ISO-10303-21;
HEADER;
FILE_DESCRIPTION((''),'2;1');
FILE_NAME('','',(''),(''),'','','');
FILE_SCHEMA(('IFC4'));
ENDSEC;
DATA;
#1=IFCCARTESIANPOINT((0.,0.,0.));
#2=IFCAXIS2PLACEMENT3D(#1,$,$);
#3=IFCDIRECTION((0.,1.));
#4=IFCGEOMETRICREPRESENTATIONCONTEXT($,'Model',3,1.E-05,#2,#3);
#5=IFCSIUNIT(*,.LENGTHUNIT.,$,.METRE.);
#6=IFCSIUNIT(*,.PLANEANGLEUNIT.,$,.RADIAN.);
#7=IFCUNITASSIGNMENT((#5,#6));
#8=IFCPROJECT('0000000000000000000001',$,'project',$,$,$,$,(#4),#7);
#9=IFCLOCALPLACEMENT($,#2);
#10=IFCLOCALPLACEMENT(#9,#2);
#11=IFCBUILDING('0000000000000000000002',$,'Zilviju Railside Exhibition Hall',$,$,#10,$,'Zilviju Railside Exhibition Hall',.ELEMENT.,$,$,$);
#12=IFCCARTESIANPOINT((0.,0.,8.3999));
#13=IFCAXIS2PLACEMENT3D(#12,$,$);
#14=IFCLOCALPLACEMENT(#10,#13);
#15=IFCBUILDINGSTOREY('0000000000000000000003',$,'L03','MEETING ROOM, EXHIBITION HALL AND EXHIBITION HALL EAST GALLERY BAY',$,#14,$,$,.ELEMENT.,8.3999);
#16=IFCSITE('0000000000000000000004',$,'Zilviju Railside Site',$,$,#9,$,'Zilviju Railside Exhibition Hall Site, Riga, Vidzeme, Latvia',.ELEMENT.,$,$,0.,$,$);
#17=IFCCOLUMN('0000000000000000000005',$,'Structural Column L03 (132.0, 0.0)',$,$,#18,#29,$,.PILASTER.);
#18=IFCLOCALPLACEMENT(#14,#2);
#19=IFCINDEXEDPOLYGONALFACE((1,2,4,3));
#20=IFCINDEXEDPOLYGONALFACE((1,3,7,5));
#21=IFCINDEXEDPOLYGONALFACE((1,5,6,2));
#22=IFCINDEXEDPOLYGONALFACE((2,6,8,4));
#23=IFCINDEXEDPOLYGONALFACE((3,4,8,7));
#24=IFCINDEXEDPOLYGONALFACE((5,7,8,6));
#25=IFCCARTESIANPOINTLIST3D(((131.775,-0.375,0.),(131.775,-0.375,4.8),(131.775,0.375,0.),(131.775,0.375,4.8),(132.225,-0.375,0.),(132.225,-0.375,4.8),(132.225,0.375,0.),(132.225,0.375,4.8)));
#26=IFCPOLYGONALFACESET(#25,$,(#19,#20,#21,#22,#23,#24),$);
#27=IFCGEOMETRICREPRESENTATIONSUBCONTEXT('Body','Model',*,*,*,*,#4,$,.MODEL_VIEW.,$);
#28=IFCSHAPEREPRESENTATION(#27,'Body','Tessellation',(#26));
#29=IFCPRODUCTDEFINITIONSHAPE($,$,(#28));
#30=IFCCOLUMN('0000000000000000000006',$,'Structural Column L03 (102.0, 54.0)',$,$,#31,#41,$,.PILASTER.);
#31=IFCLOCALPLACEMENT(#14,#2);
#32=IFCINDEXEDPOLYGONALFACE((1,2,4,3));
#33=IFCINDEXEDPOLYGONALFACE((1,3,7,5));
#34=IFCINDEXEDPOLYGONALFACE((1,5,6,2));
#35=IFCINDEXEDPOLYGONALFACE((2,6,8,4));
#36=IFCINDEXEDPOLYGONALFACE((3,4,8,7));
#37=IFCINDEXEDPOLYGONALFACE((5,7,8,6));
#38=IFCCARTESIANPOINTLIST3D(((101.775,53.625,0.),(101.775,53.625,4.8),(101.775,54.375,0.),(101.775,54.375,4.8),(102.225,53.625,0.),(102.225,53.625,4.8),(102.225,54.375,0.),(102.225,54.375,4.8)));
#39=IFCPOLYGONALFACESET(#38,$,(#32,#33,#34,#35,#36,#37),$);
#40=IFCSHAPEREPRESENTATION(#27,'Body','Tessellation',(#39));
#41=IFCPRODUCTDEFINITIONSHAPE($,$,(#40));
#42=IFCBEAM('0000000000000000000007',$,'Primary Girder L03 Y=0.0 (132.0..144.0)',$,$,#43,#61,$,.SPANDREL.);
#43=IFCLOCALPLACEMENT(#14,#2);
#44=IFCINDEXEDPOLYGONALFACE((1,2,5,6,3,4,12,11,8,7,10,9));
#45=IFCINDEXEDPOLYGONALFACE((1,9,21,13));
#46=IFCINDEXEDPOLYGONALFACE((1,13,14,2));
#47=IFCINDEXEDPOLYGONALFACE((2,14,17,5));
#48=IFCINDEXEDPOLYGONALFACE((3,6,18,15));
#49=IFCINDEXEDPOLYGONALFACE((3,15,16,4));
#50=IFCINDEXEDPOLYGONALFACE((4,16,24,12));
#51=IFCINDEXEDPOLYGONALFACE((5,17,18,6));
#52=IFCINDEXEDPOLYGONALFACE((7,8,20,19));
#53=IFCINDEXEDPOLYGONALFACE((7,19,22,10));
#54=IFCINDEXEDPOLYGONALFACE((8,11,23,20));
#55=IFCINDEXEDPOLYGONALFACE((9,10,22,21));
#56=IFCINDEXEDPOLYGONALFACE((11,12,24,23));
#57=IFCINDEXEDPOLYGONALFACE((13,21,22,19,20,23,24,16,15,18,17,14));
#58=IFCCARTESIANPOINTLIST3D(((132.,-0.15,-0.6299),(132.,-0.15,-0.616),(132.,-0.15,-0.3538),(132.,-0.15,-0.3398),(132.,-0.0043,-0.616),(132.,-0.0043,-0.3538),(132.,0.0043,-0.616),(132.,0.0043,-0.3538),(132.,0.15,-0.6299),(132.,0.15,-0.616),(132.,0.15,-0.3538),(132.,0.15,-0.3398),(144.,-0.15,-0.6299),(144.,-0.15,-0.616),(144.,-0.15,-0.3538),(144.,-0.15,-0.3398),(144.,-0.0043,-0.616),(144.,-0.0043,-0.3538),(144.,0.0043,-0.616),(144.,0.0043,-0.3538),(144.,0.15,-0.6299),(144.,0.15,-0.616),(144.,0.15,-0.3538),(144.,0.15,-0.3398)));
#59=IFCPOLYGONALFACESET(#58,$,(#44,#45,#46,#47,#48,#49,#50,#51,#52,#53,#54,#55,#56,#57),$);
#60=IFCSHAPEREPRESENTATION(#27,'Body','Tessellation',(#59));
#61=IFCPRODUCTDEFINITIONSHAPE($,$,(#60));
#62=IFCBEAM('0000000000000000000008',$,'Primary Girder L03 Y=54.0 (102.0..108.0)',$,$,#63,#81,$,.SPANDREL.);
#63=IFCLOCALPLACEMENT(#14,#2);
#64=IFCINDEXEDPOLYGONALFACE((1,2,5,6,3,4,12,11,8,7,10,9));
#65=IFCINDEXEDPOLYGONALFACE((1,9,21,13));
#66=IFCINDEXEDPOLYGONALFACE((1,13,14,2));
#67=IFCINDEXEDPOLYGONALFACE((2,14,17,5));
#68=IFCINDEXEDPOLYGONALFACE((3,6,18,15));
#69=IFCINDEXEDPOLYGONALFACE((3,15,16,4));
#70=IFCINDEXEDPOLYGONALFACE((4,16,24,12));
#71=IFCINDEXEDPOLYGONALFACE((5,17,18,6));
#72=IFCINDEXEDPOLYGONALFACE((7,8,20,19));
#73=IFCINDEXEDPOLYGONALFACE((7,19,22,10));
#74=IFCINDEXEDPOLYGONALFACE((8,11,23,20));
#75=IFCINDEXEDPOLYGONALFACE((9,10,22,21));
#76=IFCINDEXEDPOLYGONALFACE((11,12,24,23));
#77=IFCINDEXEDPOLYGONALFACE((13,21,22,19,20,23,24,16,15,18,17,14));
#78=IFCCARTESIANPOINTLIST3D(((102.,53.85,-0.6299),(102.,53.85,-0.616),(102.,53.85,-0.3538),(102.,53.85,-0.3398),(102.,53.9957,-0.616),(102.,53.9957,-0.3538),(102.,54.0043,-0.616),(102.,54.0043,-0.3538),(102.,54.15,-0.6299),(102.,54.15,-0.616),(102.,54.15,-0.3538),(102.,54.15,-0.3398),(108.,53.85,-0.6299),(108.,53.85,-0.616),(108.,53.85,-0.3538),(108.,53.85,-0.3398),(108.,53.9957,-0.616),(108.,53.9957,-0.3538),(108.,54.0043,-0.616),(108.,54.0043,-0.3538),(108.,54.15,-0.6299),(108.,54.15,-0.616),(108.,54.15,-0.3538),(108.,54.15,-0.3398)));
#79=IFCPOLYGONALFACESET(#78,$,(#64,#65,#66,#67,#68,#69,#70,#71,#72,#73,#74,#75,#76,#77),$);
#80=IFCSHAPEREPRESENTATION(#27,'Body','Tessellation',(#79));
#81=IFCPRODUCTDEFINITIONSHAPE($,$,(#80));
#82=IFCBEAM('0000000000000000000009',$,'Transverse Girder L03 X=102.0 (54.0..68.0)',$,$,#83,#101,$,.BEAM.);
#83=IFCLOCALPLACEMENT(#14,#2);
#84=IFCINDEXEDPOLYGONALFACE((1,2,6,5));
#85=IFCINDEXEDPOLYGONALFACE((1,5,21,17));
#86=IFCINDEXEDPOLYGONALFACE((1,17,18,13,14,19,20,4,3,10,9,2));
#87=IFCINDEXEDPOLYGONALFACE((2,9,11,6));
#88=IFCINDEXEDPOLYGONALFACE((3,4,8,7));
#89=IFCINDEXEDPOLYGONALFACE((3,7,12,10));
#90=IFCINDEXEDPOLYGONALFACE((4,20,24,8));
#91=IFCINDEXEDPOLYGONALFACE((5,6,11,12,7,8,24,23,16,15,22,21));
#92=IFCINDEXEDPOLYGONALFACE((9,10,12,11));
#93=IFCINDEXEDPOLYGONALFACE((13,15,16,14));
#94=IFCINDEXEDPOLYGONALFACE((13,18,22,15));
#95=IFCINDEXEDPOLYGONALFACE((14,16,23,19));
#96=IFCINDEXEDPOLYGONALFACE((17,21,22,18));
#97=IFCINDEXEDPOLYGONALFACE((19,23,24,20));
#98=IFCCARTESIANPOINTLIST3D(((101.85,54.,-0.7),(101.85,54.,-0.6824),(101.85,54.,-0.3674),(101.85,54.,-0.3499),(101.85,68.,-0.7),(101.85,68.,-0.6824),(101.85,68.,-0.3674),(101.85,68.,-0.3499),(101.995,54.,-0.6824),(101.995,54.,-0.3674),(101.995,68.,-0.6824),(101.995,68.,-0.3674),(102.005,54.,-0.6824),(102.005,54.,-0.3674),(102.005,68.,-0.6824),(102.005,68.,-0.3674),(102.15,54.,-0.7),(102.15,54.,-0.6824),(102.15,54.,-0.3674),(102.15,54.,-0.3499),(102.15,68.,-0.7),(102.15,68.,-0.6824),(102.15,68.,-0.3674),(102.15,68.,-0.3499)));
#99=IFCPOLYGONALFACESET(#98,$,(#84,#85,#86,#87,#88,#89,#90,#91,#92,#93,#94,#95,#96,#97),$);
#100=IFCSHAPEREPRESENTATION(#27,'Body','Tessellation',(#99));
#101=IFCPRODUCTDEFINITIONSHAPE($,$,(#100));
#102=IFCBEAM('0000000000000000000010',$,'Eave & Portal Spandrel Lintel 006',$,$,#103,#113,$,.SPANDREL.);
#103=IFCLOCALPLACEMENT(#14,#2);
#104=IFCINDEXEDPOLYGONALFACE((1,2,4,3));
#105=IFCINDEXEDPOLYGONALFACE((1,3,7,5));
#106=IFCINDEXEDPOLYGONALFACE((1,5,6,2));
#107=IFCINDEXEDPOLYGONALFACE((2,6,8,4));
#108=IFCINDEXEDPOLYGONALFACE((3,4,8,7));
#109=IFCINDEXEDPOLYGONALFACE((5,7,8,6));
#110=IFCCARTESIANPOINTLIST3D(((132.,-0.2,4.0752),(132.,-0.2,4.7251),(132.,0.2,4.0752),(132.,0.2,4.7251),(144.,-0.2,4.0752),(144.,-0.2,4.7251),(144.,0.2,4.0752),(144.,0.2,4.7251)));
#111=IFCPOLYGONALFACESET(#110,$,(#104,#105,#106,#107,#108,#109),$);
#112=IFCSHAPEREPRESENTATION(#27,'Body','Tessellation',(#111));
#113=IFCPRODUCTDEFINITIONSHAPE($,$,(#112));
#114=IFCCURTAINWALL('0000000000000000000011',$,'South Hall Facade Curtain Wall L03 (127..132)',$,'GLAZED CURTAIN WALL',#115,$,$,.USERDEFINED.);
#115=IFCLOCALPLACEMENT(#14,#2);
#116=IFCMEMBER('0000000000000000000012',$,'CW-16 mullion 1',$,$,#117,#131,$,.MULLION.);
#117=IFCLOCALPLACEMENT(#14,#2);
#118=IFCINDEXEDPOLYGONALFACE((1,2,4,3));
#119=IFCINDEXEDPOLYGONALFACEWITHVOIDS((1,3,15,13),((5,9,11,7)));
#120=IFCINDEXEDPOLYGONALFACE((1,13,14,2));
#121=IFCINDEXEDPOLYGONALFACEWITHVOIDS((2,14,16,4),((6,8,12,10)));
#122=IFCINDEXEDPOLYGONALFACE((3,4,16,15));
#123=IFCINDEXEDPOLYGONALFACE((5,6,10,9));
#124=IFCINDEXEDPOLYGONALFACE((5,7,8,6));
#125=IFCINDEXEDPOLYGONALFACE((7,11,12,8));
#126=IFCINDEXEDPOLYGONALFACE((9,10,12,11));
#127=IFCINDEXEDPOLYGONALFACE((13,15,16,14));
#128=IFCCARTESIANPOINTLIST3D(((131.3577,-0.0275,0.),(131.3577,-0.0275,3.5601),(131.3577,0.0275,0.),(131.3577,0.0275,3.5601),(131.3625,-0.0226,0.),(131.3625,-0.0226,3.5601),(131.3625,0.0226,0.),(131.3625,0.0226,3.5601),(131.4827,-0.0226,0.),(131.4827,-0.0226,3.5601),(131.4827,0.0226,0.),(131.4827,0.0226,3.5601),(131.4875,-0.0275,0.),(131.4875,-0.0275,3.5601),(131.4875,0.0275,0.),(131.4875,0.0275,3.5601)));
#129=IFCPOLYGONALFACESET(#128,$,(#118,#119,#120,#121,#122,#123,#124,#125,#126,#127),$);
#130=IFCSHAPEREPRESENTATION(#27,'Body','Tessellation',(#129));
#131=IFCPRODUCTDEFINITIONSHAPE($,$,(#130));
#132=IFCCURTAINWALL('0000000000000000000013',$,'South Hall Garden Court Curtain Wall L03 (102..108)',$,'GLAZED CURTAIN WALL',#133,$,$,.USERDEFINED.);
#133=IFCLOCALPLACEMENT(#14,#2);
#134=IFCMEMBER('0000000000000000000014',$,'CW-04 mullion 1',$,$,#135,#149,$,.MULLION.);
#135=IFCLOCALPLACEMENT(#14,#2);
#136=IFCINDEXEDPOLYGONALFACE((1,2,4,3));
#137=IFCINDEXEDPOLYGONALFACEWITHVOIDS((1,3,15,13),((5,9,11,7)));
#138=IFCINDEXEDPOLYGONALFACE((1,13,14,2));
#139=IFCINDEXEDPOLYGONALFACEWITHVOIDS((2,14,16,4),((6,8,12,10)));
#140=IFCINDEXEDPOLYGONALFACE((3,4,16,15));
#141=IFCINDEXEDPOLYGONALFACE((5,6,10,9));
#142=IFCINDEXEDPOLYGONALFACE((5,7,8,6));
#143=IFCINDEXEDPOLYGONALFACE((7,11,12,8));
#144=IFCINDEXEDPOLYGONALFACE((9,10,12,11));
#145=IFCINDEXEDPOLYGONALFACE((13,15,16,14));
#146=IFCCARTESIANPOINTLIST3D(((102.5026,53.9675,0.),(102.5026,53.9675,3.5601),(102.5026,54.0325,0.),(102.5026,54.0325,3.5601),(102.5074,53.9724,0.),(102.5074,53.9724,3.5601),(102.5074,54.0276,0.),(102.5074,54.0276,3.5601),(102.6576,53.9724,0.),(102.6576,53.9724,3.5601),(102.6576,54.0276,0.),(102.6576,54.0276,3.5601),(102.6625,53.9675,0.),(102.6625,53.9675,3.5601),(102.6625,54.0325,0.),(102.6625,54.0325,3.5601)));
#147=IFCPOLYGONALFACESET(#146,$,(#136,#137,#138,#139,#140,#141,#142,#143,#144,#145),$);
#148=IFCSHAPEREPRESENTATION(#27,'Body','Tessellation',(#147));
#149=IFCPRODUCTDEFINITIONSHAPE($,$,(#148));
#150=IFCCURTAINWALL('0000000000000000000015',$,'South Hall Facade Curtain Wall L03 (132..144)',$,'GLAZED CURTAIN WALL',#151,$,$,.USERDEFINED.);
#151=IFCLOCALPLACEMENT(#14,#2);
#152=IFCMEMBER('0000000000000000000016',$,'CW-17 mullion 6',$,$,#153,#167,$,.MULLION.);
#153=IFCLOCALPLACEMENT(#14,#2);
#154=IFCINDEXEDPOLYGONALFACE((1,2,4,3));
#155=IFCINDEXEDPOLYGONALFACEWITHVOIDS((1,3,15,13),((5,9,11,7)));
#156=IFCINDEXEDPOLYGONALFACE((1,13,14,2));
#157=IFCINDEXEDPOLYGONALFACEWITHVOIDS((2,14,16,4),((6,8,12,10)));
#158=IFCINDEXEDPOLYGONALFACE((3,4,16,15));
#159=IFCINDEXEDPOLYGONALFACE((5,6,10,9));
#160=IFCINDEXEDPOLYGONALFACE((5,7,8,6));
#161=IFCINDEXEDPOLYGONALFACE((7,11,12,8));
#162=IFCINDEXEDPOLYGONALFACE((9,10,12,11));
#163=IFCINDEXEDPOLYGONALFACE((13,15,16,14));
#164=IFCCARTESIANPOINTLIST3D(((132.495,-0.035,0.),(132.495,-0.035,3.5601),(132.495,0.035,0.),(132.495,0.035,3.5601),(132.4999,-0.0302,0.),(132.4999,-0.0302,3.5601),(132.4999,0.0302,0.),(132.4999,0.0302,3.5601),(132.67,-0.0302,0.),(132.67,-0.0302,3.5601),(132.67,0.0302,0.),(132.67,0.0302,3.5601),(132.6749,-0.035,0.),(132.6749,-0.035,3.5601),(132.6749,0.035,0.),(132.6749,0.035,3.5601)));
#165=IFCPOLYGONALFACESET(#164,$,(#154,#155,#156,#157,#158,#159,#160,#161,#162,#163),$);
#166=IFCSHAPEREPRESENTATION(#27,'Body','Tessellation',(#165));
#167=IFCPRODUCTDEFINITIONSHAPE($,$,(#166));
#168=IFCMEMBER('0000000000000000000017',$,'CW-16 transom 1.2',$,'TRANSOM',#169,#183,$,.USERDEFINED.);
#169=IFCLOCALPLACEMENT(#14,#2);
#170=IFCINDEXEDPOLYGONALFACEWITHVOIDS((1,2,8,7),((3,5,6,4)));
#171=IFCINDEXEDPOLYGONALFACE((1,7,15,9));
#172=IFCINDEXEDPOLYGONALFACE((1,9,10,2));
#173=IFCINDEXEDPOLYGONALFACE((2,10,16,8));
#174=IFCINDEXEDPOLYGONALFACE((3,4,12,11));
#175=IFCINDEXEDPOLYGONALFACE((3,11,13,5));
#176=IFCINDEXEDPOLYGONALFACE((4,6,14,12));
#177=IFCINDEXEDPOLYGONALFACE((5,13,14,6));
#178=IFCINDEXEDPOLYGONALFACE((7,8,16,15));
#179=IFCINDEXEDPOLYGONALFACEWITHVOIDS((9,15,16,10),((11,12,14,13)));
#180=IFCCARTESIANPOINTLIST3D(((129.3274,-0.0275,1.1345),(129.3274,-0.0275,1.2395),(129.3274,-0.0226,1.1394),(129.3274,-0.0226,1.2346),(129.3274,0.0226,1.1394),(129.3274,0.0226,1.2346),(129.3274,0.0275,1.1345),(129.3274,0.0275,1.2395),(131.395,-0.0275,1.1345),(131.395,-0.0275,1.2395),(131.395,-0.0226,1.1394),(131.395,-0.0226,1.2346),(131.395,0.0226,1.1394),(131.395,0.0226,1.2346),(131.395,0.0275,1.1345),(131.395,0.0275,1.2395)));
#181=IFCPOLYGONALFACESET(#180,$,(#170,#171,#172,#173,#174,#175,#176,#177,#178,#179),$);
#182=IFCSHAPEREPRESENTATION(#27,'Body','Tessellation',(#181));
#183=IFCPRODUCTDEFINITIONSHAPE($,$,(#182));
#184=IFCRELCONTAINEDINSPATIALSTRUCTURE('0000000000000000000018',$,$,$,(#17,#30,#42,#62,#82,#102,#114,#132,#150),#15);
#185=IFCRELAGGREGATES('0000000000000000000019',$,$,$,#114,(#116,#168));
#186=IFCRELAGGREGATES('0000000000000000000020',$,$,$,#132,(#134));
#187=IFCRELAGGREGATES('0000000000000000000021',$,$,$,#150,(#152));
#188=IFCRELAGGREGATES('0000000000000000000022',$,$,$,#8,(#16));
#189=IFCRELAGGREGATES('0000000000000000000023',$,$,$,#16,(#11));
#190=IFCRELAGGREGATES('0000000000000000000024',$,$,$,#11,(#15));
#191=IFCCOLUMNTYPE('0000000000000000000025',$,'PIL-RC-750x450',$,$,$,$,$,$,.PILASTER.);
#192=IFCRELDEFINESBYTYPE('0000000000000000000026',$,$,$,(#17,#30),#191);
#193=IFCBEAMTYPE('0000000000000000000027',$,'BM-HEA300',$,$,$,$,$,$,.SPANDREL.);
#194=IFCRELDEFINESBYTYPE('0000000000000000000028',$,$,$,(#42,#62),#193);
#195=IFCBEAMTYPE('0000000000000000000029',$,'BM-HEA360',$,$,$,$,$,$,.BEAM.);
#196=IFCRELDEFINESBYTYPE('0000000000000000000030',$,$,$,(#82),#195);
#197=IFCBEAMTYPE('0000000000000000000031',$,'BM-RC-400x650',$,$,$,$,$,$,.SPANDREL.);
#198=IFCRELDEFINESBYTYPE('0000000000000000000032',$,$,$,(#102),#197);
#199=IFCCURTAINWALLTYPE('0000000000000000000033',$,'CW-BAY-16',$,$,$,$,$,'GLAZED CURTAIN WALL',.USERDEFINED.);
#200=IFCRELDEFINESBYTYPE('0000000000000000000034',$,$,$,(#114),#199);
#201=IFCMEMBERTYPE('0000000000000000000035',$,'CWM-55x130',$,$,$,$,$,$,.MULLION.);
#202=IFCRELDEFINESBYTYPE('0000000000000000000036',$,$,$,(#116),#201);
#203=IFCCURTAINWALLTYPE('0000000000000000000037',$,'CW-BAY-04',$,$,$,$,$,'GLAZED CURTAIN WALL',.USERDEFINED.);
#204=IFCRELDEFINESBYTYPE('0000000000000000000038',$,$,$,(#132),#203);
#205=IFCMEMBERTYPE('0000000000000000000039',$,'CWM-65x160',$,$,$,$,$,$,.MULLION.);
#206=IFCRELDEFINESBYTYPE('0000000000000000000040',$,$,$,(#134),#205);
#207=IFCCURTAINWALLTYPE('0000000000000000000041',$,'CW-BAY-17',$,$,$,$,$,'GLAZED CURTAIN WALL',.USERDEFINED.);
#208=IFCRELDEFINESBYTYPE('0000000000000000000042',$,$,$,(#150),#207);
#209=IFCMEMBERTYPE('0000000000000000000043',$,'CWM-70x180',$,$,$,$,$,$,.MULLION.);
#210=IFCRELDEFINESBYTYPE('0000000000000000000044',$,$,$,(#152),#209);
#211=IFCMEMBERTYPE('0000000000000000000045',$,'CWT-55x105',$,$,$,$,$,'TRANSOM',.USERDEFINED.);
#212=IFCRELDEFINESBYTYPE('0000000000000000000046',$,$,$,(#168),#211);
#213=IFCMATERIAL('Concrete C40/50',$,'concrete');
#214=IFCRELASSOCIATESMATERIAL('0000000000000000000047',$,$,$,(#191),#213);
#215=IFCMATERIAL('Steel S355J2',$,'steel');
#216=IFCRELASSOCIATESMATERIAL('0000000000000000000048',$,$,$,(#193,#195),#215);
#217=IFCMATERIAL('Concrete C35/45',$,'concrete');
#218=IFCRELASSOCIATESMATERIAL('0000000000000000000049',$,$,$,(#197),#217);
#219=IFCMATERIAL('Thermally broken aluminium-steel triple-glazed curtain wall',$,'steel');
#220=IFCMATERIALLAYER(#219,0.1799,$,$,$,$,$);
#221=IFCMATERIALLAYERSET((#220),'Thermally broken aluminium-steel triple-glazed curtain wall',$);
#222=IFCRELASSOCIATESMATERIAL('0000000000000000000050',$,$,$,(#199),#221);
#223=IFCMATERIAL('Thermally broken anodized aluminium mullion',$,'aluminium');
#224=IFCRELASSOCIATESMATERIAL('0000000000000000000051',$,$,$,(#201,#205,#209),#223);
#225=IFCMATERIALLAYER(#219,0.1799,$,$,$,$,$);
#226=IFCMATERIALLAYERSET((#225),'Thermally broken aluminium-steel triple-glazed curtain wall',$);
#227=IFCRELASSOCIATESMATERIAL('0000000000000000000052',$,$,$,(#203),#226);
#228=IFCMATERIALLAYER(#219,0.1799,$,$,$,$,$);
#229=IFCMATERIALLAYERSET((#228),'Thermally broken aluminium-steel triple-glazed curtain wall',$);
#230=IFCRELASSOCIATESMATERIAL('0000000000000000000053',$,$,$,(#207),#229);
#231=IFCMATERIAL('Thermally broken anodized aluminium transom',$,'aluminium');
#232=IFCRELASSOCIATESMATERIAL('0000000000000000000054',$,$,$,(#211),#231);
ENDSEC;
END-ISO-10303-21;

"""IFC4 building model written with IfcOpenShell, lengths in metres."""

from ifc_helpers import new_model, si_unit, direction, frame, origin, origin_2d, place, context, subcontext, project, spatial, rectangle, hollow_rectangle, i_section, extrude, material, layer, layer_set, material_profile, profile_set, type_object, element, aggregate, save


model = new_model("IFC4")

# Units and contexts
model_context = context("Model", 3, precision=1e-05, world=origin(), true_north=direction((0.0, 1.0)))
body_context = subcontext(model_context, "Body", "Model", "MODEL_VIEW")
ifc_project = project(units=[si_unit("LENGTHUNIT", "METRE"), si_unit("PLANEANGLEUNIT", "RADIAN")], contexts=[model_context])

# Site, building, storey
site_placement = place(None, origin())
site = spatial("IfcSite", under=ifc_project, at=site_placement, Name="Zilviju Railside Site", LongName="Zilviju Railside Exhibition Hall Site, Riga, Vidzeme, Latvia", CompositionType="ELEMENT", RefElevation=0.0)
building_placement = place(site_placement, origin())
building = spatial("IfcBuilding", under=site, at=building_placement, Name="Zilviju Railside Exhibition Hall", LongName="Zilviju Railside Exhibition Hall", CompositionType="ELEMENT")
storey_placement = place(building_placement, frame((0.0, 0.0, 8.3999)))
storey = spatial("IfcBuildingStorey", under=building, at=storey_placement, Name="L03", Description="MEETING ROOM, EXHIBITION HALL AND EXHIBITION HALL EAST GALLERY BAY", CompositionType="ELEMENT", Elevation=8.3999)

# Columns
ifc_material_1 = material(Name="Concrete C40/50", Category="concrete")
ifc_material_profile_1 = material_profile(ifc_material_1, rectangle(XDim=0.45, YDim=0.75, at=origin_2d()), Name="RC COL 450x750")
ifc_profile_set_1 = profile_set([ifc_material_profile_1], Name="Concrete C40/50")
column_type = type_object("IfcColumnType", Name="PIL-RC-750x450", PredefinedType="PILASTER", material=ifc_profile_set_1)
for number, where, z_axis, x_axis, name in (
    (1, (132.0, 0.0, 0.0), (0.0, 0.0, 1.0), (1.0, 0.0, 0.0), "Structural Column L03 (132.0, 0.0)"),
    (2, (102.0, 54.0, 0.0), (0.0, 0.0, 1.0), (1.0, 0.0, 0.0), "Structural Column L03 (102.0, 54.0)"),
):
    element("IfcColumn", number, at=place(storey_placement, frame(where, z_axis=z_axis, x_axis=x_axis)), inside=storey, type_object=column_type, Name=name, PredefinedType="PILASTER", context=body_context, shape_type="SweptSolid", body=[
        extrude(rectangle(XDim=0.45, YDim=0.75, at=origin_2d()), origin(), (0.0, 0.0, 1.0), 4.8),
    ])

# Beams
ifc_material_2 = material(Name="Steel S355J2", Category="steel")
ifc_material_profile_2 = material_profile(ifc_material_2, i_section(OverallWidth=0.3, OverallDepth=0.29, WebThickness=0.0085, FlangeThickness=0.0139, at=origin_2d()), Name="HEA 300")
ifc_profile_set_2 = profile_set([ifc_material_profile_2], Name="Steel S355J2")
beam_type_1 = type_object("IfcBeamType", Name="BM-HEA300", PredefinedType="SPANDREL", material=ifc_profile_set_2)
beam_1_placement = place(storey_placement, frame((132.0, 0.0, -0.4849), z_axis=(1.0, 0.0, 0.0), x_axis=(0.0, 1.0, 0.0)))
element("IfcBeam", 3, at=beam_1_placement, inside=storey, type_object=beam_type_1, Name="Primary Girder L03 Y=0.0 (132.0..144.0)", PredefinedType="SPANDREL", context=body_context, shape_type="SweptSolid", body=[
    extrude(i_section(OverallWidth=0.3, OverallDepth=0.29, WebThickness=0.0085, FlangeThickness=0.0139, at=origin_2d()), origin(), (0.0, 0.0, 1.0), 12.0),
])
beam_2_placement = place(storey_placement, frame((102.0, 54.0, -0.4849), z_axis=(1.0, 0.0, 0.0), x_axis=(0.0, 1.0, 0.0)))
element("IfcBeam", 4, at=beam_2_placement, inside=storey, type_object=beam_type_1, Name="Primary Girder L03 Y=54.0 (102.0..108.0)", PredefinedType="SPANDREL", context=body_context, shape_type="SweptSolid", body=[
    extrude(i_section(OverallWidth=0.3, OverallDepth=0.29, WebThickness=0.0085, FlangeThickness=0.0139, at=origin_2d()), origin(), (0.0, 0.0, 1.0), 6.0),
])
ifc_material_profile_3 = material_profile(ifc_material_2, i_section(OverallWidth=0.3, OverallDepth=0.3501, WebThickness=0.01, FlangeThickness=0.0176, at=origin_2d()), Name="HEA 360")
ifc_profile_set_3 = profile_set([ifc_material_profile_3], Name="Steel S355J2")
beam_type_2 = type_object("IfcBeamType", Name="BM-HEA360", PredefinedType="BEAM", material=ifc_profile_set_3)
beam_3_placement = place(storey_placement, frame((102.0, 54.0, -0.5249), z_axis=(0.0, 1.0, 0.0), x_axis=(-1.0, 0.0, 0.0)))
element("IfcBeam", 5, at=beam_3_placement, inside=storey, type_object=beam_type_2, Name="Transverse Girder L03 X=102.0 (54.0..68.0)", PredefinedType="BEAM", context=body_context, shape_type="SweptSolid", body=[
    extrude(i_section(OverallWidth=0.3, OverallDepth=0.3501, WebThickness=0.01, FlangeThickness=0.0176, at=origin_2d()), origin(), (0.0, 0.0, 1.0), 14.0),
])
ifc_material_3 = material(Name="Concrete C35/45", Category="concrete")
ifc_material_profile_4 = material_profile(ifc_material_3, rectangle(XDim=0.3999, YDim=0.6499, at=origin_2d()), Name="RC BEAM 400x650")
ifc_profile_set_4 = profile_set([ifc_material_profile_4], Name="Concrete C35/45")
beam_type_3 = type_object("IfcBeamType", Name="BM-RC-400x650", PredefinedType="SPANDREL", material=ifc_profile_set_4)
beam_4_placement = place(storey_placement, frame((132.0, 0.0, 4.4001), z_axis=(1.0, 0.0, 0.0), x_axis=(0.0, 1.0, 0.0)))
element("IfcBeam", 6, at=beam_4_placement, inside=storey, type_object=beam_type_3, Name="Eave & Portal Spandrel Lintel 006", PredefinedType="SPANDREL", context=body_context, shape_type="SweptSolid", body=[
    extrude(rectangle(XDim=0.3999, YDim=0.6499, at=origin_2d()), origin(), (0.0, 0.0, 1.0), 12.0),
])

# Curtain walls, members
ifc_material_4 = material(Name="Thermally broken aluminium-steel triple-glazed curtain wall", Category="steel")
ifc_layer_1 = layer(ifc_material_4, 0.1799)
ifc_layer_set_1 = layer_set([ifc_layer_1], Name="Thermally broken aluminium-steel triple-glazed curtain wall")
curtain_wall_type_1 = type_object("IfcCurtainWallType", Name="CW-BAY-16", ElementType="GLAZED CURTAIN WALL", PredefinedType="USERDEFINED", material=ifc_layer_set_1)
curtain_wall_1_placement = place(storey_placement, origin())
curtain_wall_1 = element("IfcCurtainWall", 7, at=curtain_wall_1_placement, inside=storey, type_object=curtain_wall_type_1, Name="South Hall Facade Curtain Wall L03 (127..132)", ObjectType="GLAZED CURTAIN WALL", PredefinedType="USERDEFINED")
ifc_material_5 = material(Name="Thermally broken anodized aluminium mullion", Category="aluminium")
ifc_material_profile_5 = material_profile(ifc_material_5, hollow_rectangle(XDim=0.0549, YDim=0.1299, WallThickness=0.0049, at=origin_2d()), Name="MULLION 130x55x5")
ifc_profile_set_5 = profile_set([ifc_material_profile_5], Name="Thermally broken anodized aluminium mullion")
member_type_1 = type_object("IfcMemberType", Name="CWM-55x130", PredefinedType="MULLION", material=ifc_profile_set_5)
member_1_placement = place(storey_placement, frame((131.4226, 0.0, 0.0), z_axis=(0.0, 0.0, 1.0), x_axis=(0.0, -1.0, 0.0)))
member_1 = element("IfcMember", 8, at=member_1_placement, type_object=member_type_1, Name="CW-16 mullion 1", PredefinedType="MULLION", context=body_context, shape_type="SweptSolid", body=[
    extrude(hollow_rectangle(XDim=0.0549, YDim=0.1299, WallThickness=0.0049, at=origin_2d()), origin(), (0.0, 0.0, 1.0), 3.5601),
])
ifc_layer_2 = layer(ifc_material_4, 0.1799)
ifc_layer_set_2 = layer_set([ifc_layer_2], Name="Thermally broken aluminium-steel triple-glazed curtain wall")
curtain_wall_type_2 = type_object("IfcCurtainWallType", Name="CW-BAY-04", ElementType="GLAZED CURTAIN WALL", PredefinedType="USERDEFINED", material=ifc_layer_set_2)
curtain_wall_2_placement = place(storey_placement, origin())
curtain_wall_2 = element("IfcCurtainWall", 9, at=curtain_wall_2_placement, inside=storey, type_object=curtain_wall_type_2, Name="South Hall Garden Court Curtain Wall L03 (102..108)", ObjectType="GLAZED CURTAIN WALL", PredefinedType="USERDEFINED")
ifc_material_profile_6 = material_profile(ifc_material_5, hollow_rectangle(XDim=0.0649, YDim=0.1599, WallThickness=0.0049, at=origin_2d()), Name="MULLION 160x65x5")
ifc_profile_set_6 = profile_set([ifc_material_profile_6], Name="Thermally broken anodized aluminium mullion")
member_type_2 = type_object("IfcMemberType", Name="CWM-65x160", PredefinedType="MULLION", material=ifc_profile_set_6)
member_2_placement = place(storey_placement, frame((102.5825, 54.0, 0.0), z_axis=(0.0, 0.0, 1.0), x_axis=(0.0, 1.0, 0.0)))
member_2 = element("IfcMember", 10, at=member_2_placement, type_object=member_type_2, Name="CW-04 mullion 1", PredefinedType="MULLION", context=body_context, shape_type="SweptSolid", body=[
    extrude(hollow_rectangle(XDim=0.0649, YDim=0.1599, WallThickness=0.0049, at=origin_2d()), origin(), (0.0, 0.0, 1.0), 3.5601),
])
ifc_layer_3 = layer(ifc_material_4, 0.1799)
ifc_layer_set_3 = layer_set([ifc_layer_3], Name="Thermally broken aluminium-steel triple-glazed curtain wall")
curtain_wall_type_3 = type_object("IfcCurtainWallType", Name="CW-BAY-17", ElementType="GLAZED CURTAIN WALL", PredefinedType="USERDEFINED", material=ifc_layer_set_3)
curtain_wall_3_placement = place(storey_placement, origin())
curtain_wall_3 = element("IfcCurtainWall", 11, at=curtain_wall_3_placement, inside=storey, type_object=curtain_wall_type_3, Name="South Hall Facade Curtain Wall L03 (132..144)", ObjectType="GLAZED CURTAIN WALL", PredefinedType="USERDEFINED")
ifc_material_profile_7 = material_profile(ifc_material_5, hollow_rectangle(XDim=0.0701, YDim=0.1799, WallThickness=0.0049, at=origin_2d()), Name="MULLION 180x70x5")
ifc_profile_set_7 = profile_set([ifc_material_profile_7], Name="Thermally broken anodized aluminium mullion")
member_type_3 = type_object("IfcMemberType", Name="CWM-70x180", PredefinedType="MULLION", material=ifc_profile_set_7)
member_3_placement = place(storey_placement, frame((132.585, 0.0, 0.0), z_axis=(0.0, 0.0, 1.0), x_axis=(0.0, -1.0, 0.0)))
member_3 = element("IfcMember", 12, at=member_3_placement, type_object=member_type_3, Name="CW-17 mullion 6", PredefinedType="MULLION", context=body_context, shape_type="SweptSolid", body=[
    extrude(hollow_rectangle(XDim=0.0701, YDim=0.1799, WallThickness=0.0049, at=origin_2d()), origin(), (0.0, 0.0, 1.0), 3.5601),
])

# Member
ifc_material_6 = material(Name="Thermally broken anodized aluminium transom", Category="aluminium")
ifc_material_profile_8 = material_profile(ifc_material_6, hollow_rectangle(XDim=0.0549, YDim=0.105, WallThickness=0.0049, at=origin_2d()), Name="TRANSOM 105x55x5")
ifc_profile_set_8 = profile_set([ifc_material_profile_8], Name="Thermally broken anodized aluminium transom")
member_type_4 = type_object("IfcMemberType", Name="CWT-55x105", ElementType="TRANSOM", PredefinedType="USERDEFINED", material=ifc_profile_set_8)
member_4_placement = place(storey_placement, frame((131.395, 0.0, 1.187), z_axis=(-1.0, 0.0, 0.0), x_axis=(0.0, -1.0, 0.0)))
member_4 = element("IfcMember", 13, at=member_4_placement, type_object=member_type_4, Name="CW-16 transom 1.2", ObjectType="TRANSOM", PredefinedType="USERDEFINED", context=body_context, shape_type="SweptSolid", body=[
    extrude(hollow_rectangle(XDim=0.0549, YDim=0.105, WallThickness=0.0049, at=origin_2d()), origin(), (0.0, 0.0, 1.0), 2.0676),
])
aggregate(curtain_wall_1, [member_1, member_4])
aggregate(curtain_wall_2, [member_2])

aggregate(curtain_wall_3, [member_3])

save(model, "model.ifc")
